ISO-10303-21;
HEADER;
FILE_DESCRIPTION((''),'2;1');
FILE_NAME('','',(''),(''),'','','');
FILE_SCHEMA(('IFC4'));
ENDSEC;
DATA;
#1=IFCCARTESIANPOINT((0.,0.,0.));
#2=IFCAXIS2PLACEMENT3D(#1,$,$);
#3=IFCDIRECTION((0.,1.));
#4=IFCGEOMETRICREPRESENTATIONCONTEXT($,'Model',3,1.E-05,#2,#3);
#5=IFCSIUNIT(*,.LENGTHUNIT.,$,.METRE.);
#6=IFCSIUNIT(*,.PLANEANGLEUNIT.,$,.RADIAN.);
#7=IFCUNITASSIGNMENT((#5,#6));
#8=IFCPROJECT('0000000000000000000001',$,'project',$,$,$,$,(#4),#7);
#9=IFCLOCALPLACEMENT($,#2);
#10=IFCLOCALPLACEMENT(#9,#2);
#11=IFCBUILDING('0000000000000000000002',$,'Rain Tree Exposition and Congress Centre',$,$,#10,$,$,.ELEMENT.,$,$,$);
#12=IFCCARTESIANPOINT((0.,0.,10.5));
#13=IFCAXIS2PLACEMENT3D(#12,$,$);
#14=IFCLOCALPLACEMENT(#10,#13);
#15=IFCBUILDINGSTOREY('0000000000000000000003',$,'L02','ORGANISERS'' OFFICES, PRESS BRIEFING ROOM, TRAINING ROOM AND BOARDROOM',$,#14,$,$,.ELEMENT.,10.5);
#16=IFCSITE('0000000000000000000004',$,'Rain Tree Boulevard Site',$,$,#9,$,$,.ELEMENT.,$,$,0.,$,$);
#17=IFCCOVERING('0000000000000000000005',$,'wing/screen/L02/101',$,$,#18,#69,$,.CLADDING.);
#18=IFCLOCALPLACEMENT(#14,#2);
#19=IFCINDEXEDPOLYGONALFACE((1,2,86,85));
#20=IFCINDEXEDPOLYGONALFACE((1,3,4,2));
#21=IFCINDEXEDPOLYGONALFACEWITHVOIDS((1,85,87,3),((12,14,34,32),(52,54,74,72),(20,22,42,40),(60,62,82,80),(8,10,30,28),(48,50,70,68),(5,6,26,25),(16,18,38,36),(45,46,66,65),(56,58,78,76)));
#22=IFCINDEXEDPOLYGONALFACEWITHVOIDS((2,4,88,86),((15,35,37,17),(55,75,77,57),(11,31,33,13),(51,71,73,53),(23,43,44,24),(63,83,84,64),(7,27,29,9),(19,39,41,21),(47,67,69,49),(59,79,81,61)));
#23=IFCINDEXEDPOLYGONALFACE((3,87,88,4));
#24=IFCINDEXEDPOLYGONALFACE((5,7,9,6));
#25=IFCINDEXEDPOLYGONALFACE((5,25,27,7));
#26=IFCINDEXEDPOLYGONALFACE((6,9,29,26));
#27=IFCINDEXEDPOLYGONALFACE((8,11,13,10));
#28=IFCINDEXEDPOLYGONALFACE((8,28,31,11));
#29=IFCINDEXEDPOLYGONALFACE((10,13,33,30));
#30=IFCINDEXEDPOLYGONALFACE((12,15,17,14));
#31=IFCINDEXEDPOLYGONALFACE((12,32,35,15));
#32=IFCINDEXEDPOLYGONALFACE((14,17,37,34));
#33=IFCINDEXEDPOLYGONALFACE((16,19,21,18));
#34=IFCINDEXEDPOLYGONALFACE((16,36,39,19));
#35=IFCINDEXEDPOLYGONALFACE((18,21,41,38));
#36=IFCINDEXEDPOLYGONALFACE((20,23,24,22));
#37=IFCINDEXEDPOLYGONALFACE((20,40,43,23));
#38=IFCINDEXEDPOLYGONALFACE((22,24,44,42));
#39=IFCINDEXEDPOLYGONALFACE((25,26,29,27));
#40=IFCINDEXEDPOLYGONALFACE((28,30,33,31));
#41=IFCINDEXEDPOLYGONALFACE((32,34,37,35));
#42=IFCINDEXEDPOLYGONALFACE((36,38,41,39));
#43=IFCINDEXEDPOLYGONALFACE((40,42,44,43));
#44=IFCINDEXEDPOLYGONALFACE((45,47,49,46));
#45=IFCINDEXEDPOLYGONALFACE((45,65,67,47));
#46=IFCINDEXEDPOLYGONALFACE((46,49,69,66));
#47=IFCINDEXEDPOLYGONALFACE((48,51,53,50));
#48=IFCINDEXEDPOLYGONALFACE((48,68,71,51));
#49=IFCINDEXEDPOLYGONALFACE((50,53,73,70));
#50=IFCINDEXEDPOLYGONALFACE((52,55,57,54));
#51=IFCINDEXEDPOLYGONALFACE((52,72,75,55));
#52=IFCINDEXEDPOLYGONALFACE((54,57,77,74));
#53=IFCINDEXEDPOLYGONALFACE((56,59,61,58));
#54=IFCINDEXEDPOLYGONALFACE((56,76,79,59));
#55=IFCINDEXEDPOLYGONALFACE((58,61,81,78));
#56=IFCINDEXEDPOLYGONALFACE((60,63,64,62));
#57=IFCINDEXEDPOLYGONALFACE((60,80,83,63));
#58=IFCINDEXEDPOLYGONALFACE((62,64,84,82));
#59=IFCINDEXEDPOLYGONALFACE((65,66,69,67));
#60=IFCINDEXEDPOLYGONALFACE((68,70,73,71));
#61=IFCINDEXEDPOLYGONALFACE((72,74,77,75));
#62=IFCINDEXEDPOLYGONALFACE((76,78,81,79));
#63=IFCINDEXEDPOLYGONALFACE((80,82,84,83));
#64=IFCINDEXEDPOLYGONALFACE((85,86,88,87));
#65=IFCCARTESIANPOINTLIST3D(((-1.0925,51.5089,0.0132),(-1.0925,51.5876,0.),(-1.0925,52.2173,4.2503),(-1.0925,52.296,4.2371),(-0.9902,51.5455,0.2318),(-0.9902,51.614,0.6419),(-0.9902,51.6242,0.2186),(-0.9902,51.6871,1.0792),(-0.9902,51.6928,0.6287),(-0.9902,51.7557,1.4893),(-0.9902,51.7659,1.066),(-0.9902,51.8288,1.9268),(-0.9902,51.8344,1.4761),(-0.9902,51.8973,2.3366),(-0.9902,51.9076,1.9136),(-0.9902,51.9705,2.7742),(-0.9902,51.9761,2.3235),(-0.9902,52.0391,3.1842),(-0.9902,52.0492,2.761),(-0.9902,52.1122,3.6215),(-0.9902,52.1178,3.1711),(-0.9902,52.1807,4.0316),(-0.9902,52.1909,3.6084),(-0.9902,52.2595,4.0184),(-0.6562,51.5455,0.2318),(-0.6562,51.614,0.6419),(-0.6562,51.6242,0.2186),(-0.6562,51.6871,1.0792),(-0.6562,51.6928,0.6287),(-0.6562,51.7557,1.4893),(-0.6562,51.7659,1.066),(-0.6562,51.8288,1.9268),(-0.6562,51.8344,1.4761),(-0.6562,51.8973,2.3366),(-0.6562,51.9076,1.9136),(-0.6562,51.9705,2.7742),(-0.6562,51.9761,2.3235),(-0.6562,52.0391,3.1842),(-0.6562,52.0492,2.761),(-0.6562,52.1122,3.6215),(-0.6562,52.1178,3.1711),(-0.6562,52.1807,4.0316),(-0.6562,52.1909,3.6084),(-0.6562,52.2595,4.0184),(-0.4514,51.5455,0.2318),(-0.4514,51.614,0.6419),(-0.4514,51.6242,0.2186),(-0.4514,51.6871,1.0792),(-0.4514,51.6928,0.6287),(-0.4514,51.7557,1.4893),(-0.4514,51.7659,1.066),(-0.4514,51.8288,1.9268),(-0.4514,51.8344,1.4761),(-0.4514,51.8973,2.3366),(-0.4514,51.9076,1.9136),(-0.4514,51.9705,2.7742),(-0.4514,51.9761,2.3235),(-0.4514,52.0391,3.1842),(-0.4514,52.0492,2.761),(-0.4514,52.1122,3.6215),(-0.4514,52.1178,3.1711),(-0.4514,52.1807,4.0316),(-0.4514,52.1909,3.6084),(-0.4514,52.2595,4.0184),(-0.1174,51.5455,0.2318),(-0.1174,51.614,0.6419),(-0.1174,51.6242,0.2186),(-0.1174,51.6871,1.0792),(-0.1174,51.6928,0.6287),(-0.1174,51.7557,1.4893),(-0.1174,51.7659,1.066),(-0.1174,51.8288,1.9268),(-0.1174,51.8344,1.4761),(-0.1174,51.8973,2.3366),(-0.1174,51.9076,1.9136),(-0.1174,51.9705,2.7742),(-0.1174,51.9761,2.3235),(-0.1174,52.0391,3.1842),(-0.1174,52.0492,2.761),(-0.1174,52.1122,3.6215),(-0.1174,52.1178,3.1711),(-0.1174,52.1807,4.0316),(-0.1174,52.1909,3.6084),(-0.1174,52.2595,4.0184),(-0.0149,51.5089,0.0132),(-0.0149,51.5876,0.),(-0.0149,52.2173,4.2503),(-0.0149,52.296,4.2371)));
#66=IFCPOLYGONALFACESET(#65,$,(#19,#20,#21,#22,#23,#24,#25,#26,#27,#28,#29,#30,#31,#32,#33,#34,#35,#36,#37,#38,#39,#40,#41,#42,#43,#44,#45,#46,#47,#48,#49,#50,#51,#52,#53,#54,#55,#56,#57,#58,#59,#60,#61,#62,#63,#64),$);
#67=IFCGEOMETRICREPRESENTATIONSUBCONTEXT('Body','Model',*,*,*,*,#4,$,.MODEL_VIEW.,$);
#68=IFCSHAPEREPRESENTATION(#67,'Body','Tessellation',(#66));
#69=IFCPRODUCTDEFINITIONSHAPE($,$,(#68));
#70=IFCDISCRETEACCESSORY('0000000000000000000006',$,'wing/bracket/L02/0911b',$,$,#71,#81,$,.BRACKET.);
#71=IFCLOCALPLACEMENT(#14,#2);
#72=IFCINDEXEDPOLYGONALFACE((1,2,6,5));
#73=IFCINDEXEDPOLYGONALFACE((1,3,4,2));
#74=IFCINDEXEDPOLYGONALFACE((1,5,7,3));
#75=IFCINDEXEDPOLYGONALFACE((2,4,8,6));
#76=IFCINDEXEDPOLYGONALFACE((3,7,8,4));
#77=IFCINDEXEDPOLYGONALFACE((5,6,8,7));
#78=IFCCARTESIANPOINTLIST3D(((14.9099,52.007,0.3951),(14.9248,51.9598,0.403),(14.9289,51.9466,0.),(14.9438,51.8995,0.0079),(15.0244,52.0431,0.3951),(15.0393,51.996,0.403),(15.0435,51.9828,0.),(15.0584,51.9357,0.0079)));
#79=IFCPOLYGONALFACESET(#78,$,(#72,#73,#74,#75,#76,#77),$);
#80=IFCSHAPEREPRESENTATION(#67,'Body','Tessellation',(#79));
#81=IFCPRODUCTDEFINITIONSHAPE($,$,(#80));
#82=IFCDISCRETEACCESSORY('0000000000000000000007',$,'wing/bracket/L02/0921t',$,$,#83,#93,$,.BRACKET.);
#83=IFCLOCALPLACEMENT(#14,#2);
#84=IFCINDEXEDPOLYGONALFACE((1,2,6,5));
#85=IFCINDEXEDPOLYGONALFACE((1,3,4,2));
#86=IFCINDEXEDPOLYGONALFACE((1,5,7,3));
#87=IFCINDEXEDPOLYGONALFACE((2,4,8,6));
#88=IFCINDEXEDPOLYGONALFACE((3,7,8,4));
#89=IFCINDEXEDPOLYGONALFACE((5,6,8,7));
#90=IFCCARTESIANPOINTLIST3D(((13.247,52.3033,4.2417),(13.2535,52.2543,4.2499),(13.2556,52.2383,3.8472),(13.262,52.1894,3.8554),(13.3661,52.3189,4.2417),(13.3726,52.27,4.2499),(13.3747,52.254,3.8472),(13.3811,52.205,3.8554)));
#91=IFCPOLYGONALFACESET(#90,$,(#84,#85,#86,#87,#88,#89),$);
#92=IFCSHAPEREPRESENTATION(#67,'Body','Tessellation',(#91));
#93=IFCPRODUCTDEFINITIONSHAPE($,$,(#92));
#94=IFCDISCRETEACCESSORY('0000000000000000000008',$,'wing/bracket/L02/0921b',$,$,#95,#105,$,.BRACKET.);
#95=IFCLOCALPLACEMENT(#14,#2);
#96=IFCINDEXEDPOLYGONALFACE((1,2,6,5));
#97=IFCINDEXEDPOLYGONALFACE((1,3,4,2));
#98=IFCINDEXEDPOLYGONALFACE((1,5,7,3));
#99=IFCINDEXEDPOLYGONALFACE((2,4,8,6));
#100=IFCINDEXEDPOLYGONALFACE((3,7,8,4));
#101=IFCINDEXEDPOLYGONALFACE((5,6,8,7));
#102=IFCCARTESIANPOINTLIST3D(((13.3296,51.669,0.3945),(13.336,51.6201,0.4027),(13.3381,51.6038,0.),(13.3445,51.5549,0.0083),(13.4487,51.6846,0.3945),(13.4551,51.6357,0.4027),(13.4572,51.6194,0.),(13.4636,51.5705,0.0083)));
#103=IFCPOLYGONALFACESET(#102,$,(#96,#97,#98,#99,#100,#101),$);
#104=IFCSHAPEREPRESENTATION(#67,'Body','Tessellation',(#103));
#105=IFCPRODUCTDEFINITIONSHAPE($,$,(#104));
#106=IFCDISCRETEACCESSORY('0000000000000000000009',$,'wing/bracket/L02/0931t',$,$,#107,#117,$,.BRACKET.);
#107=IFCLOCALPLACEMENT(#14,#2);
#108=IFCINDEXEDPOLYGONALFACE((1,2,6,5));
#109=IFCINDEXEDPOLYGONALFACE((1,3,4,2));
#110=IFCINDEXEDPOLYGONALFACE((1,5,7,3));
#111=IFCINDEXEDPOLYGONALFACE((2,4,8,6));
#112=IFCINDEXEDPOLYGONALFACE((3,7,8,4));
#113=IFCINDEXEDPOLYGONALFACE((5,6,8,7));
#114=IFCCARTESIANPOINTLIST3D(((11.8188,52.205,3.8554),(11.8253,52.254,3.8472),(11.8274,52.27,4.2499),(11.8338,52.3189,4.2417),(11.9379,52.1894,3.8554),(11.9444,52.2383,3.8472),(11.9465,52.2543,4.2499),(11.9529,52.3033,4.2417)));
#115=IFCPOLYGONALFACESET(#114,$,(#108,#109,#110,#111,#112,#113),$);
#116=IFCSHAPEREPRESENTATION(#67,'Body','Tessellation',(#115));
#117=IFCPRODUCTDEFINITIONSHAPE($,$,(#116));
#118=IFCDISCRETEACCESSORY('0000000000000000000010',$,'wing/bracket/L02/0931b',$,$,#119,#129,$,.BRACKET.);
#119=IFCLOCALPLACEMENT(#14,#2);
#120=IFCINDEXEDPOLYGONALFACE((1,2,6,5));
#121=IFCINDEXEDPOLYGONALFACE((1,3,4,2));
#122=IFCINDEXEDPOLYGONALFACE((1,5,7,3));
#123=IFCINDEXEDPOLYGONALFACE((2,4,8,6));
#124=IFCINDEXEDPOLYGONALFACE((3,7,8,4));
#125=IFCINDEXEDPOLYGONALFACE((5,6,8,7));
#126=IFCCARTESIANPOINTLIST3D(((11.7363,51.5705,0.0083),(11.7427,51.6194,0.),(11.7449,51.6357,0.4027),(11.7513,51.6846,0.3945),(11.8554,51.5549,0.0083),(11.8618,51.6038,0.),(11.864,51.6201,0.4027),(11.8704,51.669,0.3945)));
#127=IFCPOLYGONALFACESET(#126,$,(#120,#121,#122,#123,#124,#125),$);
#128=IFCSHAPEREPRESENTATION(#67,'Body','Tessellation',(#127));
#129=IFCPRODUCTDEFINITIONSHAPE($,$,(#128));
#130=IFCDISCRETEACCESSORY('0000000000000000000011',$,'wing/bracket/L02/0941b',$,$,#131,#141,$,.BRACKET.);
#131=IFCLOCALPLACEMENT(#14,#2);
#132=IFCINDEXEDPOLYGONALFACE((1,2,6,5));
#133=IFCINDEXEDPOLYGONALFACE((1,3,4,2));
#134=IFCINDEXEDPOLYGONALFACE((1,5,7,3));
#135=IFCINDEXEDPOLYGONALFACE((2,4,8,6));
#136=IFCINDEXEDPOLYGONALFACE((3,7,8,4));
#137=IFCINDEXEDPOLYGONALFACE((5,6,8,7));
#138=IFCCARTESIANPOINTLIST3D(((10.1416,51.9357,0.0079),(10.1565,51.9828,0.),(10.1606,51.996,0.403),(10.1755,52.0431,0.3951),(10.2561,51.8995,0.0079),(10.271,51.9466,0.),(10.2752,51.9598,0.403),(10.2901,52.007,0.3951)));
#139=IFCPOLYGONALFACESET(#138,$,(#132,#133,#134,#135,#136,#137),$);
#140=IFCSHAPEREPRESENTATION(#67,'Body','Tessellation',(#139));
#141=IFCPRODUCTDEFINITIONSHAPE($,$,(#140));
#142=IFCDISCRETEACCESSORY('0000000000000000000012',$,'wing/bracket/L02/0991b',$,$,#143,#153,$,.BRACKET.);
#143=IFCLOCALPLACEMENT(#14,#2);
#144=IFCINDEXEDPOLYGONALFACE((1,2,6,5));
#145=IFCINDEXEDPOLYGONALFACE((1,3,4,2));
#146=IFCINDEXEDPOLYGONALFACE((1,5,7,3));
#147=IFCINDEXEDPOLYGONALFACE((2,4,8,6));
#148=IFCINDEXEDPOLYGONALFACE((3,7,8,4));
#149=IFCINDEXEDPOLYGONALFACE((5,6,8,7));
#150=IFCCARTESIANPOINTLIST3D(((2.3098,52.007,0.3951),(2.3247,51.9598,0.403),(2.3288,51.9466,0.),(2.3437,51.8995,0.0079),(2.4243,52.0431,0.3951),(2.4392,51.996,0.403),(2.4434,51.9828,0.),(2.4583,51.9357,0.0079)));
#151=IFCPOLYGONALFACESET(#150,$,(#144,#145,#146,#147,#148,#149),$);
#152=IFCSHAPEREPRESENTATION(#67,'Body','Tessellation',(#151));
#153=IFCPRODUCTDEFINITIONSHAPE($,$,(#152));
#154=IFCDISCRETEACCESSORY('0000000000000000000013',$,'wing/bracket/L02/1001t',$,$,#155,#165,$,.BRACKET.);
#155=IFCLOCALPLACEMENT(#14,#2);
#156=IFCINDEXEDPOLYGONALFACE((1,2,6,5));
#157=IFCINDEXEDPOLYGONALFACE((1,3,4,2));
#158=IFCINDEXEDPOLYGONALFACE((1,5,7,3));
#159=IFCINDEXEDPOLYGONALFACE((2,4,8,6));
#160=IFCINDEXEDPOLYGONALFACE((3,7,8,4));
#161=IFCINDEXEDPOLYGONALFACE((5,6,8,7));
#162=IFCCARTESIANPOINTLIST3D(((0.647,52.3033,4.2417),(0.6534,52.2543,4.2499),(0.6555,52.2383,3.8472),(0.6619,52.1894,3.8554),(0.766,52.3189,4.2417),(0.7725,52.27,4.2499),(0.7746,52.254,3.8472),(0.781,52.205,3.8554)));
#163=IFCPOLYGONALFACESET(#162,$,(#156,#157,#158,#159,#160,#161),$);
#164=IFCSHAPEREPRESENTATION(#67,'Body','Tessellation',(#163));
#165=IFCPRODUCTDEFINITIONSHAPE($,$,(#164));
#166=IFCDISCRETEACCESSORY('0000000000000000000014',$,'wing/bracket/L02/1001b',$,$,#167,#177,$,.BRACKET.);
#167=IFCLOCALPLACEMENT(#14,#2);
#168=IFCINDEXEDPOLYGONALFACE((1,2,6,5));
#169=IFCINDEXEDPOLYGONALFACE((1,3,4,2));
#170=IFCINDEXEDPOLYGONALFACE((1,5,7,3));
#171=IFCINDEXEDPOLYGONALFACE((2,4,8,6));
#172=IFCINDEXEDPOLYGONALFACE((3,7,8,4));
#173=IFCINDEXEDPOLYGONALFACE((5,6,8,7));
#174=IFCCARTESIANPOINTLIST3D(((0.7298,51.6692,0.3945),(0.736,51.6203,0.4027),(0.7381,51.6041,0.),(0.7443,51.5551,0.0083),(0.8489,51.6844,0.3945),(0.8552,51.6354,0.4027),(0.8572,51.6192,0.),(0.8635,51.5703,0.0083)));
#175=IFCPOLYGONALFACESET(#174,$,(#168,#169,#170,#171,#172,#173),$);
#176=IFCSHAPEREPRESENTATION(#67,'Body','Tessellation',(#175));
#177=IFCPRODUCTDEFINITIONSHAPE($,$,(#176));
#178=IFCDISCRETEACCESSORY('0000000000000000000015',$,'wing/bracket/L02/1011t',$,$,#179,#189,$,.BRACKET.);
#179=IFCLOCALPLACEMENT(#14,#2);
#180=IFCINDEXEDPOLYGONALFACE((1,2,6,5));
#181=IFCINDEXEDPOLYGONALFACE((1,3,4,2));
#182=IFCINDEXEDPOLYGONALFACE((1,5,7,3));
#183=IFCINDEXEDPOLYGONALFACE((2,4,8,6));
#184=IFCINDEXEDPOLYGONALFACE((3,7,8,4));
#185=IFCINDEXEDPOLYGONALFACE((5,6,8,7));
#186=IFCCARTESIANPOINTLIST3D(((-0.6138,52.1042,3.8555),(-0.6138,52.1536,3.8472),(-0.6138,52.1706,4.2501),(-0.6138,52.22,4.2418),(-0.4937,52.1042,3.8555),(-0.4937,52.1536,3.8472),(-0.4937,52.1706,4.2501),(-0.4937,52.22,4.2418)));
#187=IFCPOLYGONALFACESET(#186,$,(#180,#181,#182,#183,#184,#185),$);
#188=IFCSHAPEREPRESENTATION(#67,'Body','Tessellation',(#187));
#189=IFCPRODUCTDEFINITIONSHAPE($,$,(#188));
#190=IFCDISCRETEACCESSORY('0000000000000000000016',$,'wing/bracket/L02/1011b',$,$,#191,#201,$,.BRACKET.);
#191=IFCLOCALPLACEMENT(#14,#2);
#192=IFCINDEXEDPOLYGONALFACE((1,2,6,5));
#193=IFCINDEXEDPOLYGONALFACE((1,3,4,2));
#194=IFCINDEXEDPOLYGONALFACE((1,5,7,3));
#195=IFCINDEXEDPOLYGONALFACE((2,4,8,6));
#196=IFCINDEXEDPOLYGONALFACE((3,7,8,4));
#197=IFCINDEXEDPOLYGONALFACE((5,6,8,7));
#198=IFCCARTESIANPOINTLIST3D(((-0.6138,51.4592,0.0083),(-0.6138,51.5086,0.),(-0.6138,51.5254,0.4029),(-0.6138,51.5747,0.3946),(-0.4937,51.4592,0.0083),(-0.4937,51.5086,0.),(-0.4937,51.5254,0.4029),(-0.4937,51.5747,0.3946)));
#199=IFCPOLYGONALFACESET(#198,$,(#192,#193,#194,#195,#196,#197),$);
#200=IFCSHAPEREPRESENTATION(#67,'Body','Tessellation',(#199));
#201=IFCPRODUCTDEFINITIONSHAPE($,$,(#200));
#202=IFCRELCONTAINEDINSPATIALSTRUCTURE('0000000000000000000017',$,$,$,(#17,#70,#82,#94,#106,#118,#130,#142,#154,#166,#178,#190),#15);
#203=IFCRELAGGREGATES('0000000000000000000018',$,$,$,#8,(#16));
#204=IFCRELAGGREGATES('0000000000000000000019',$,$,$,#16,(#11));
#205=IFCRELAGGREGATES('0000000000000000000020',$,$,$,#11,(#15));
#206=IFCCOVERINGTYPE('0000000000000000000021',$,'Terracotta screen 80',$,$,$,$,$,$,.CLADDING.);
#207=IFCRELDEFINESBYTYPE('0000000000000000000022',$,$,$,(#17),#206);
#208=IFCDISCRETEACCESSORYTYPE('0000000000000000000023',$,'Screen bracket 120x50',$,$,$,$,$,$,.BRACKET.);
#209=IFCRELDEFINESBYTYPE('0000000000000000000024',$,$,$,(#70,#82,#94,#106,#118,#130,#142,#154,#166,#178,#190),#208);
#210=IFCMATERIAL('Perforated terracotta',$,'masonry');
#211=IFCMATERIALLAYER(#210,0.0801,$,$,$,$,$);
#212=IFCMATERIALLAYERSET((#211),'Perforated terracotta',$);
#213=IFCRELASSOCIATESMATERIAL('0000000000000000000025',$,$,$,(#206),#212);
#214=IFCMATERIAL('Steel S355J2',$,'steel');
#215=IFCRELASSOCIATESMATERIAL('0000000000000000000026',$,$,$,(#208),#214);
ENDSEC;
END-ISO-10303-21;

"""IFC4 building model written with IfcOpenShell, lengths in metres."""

from ifc_helpers import new_model, si_unit, direction, frame, origin, origin_2d, place, context, subcontext, project, spatial, polyline, rectangle, outline, extrude, material, layer, layer_set, material_profile, profile_set, type_object, element, save


model = new_model("IFC4")

# Units and contexts
model_context = context("Model", 3, precision=1e-05, world=origin(), true_north=direction((0.0, 1.0)))
body_context = subcontext(model_context, "Body", "Model", "MODEL_VIEW")
ifc_project = project(units=[si_unit("LENGTHUNIT", "METRE"), si_unit("PLANEANGLEUNIT", "RADIAN")], contexts=[model_context])

# Site, building, storey
site_placement = place(None, origin())
site = spatial("IfcSite", under=ifc_project, at=site_placement, Name="Rain Tree Boulevard Site", CompositionType="ELEMENT", RefElevation=0.0)
building_placement = place(site_placement, origin())
building = spatial("IfcBuilding", under=site, at=building_placement, Name="Rain Tree Exposition and Congress Centre", CompositionType="ELEMENT")
storey_placement = place(building_placement, frame((0.0, 0.0, 10.5)))
storey = spatial("IfcBuildingStorey", under=building, at=storey_placement, Name="L02", Description="ORGANISERS' OFFICES, PRESS BRIEFING ROOM, TRAINING ROOM AND BOARDROOM", CompositionType="ELEMENT", Elevation=10.5)

# Covering
ifc_material_1 = material(Name="Perforated terracotta", Category="masonry")
ifc_layer_1 = layer(ifc_material_1, 0.0801)
ifc_layer_set_1 = layer_set([ifc_layer_1], Name="Perforated terracotta")
covering_type = type_object("IfcCoveringType", Name="Terracotta screen 80", PredefinedType="CLADDING", material=ifc_layer_set_1)
covering_1_placement = place(storey_placement, frame((0.0, 51.5876, 0.0), z_axis=(0.0, -0.986311, 0.164894), x_axis=(1.0, 0.0, 0.0)))
element("IfcCovering", 1, at=covering_1_placement, inside=storey, type_object=covering_type, Name="wing/screen/L02/101", PredefinedType="CLADDING", context=body_context, shape_type="SweptSolid", body=[
    extrude(outline(polyline([(-1.0925, 0.0), (-1.0925, 4.2959), (-0.0149, 4.2959), (-0.0149, 0.0), (-1.0925, 0.0)]), holes=[polyline([(-0.1174, 0.2217), (-0.1174, 0.6375), (-0.4514, 0.6375), (-0.4514, 0.2217), (-0.1174, 0.2217)]), polyline([(-0.1174, 1.0808), (-0.1174, 1.4966), (-0.4514, 1.4966), (-0.4514, 1.0808), (-0.1174, 1.0808)]), polyline([(-0.1174, 1.9402), (-0.1174, 2.3557), (-0.4514, 2.3557), (-0.4514, 1.9402), (-0.1174, 1.9402)]), polyline([(-0.1174, 2.7993), (-0.1174, 3.2151), (-0.4514, 3.2151), (-0.4514, 2.7993), (-0.1174, 2.7993)]), polyline([(-0.1174, 3.6584), (-0.1174, 4.0742), (-0.4514, 4.0742), (-0.4514, 3.6584), (-0.1174, 3.6584)]), polyline([(-0.6562, 0.2217), (-0.6562, 0.6375), (-0.9902, 0.6375), (-0.9902, 0.2217), (-0.6562, 0.2217)]), polyline([(-0.6562, 1.0808), (-0.6562, 1.4966), (-0.9902, 1.4966), (-0.9902, 1.0808), (-0.6562, 1.0808)]), polyline([(-0.6562, 1.9402), (-0.6562, 2.3557), (-0.9902, 2.3557), (-0.9902, 1.9402), (-0.6562, 1.9402)]), polyline([(-0.6562, 2.7993), (-0.6562, 3.2151), (-0.9902, 3.2151), (-0.9902, 2.7993), (-0.6562, 2.7993)]), polyline([(-0.6562, 3.6584), (-0.6562, 4.0742), (-0.9902, 4.0742), (-0.9902, 3.6584), (-0.6562, 3.6584)])]), origin(), (0.0, 0.0, 1.0), 0.0798),
])

# Discrete accessories
ifc_material_2 = material(Name="Steel S355J2", Category="steel")
ifc_material_profile_1 = material_profile(ifc_material_2, rectangle(XDim=0.1201, YDim=0.05, at=origin_2d()), Name="Flat bar 120x50")
ifc_profile_set_1 = profile_set([ifc_material_profile_1], Name="Steel S355J2")
discrete_accessory_type = type_object("IfcDiscreteAccessoryType", Name="Screen bracket 120x50", PredefinedType="BRACKET", material=ifc_profile_set_1)
discrete_accessory_1_placement = place(storey_placement, frame((14.9937, 51.9412, 0.0039), z_axis=(-0.047602, 0.150738, 0.987427), x_axis=(-0.953583, -0.301131, 0.0)))
element("IfcDiscreteAccessory", 2, at=discrete_accessory_1_placement, inside=storey, type_object=discrete_accessory_type, Name="wing/bracket/L02/0911b", PredefinedType="BRACKET", context=body_context, shape_type="SweptSolid", body=[
    extrude(rectangle(XDim=0.1201, YDim=0.05, at=origin_2d()), origin(), (0.0, 0.0, 1.0), 0.4001),
])
for number, where, z_axis, x_axis, name in (
    (3, (13.3184, 52.2217, 3.8513), (-0.021366, 0.162381, 0.986497), (-0.991454, -0.130455, 0.0), "wing/bracket/L02/0921t"),
    (4, (13.4009, 51.5872, 0.0042), (-0.021364, 0.162976, 0.986399), (-0.991517, -0.129974, 0.0), "wing/bracket/L02/0921b"),
    (5, (11.8816, 52.2217, 3.8513), (0.021366, 0.162381, 0.986497), (-0.991454, 0.130455, 0.0), "wing/bracket/L02/0931t"),
    (6, (11.7991, 51.5872, 0.0042), (0.021364, 0.162976, 0.986399), (-0.991517, 0.129974, 0.0), "wing/bracket/L02/0931b"),
):
    element("IfcDiscreteAccessory", number, at=place(storey_placement, frame(where, z_axis=z_axis, x_axis=x_axis)), inside=storey, type_object=discrete_accessory_type, Name=name, PredefinedType="BRACKET", context=body_context, shape_type="SweptSolid", body=[
        extrude(rectangle(XDim=0.1201, YDim=0.05, at=origin_2d()), origin(), (0.0, 0.0, 1.0), 0.3999),
    ])
for number, where, z_axis, x_axis, name in (
    (7, (10.2063, 51.9412, 0.0039), (0.047602, 0.150738, 0.987427), (-0.953583, 0.301131, 0.0), "wing/bracket/L02/0941b"),
    (8, (2.3936, 51.9412, 0.0039), (-0.047602, 0.150738, 0.987427), (-0.953583, -0.301131, 0.0), "wing/bracket/L02/0991b"),
):
    element("IfcDiscreteAccessory", number, at=place(storey_placement, frame(where, z_axis=z_axis, x_axis=x_axis)), inside=storey, type_object=discrete_accessory_type, Name=name, PredefinedType="BRACKET", context=body_context, shape_type="SweptSolid", body=[
        extrude(rectangle(XDim=0.1201, YDim=0.05, at=origin_2d()), origin(), (0.0, 0.0, 1.0), 0.4001),
    ])
for number, where, z_axis, x_axis, name in (
    (9, (0.7183, 52.2217, 3.8513), (-0.021366, 0.162381, 0.986497), (-0.991454, -0.130455, 0.0), "wing/bracket/L02/1001t"),
    (10, (0.8008, 51.5872, 0.0042), (-0.020754, 0.162978, 0.986411), (-0.991989, -0.126321, 0.0), "wing/bracket/L02/1001b"),
):
    element("IfcDiscreteAccessory", number, at=place(storey_placement, frame(where, z_axis=z_axis, x_axis=x_axis)), inside=storey, type_object=discrete_accessory_type, Name=name, PredefinedType="BRACKET", context=body_context, shape_type="SweptSolid", body=[
        extrude(rectangle(XDim=0.1201, YDim=0.05, at=origin_2d()), origin(), (0.0, 0.0, 1.0), 0.3999),
    ])
for number, where, z_axis, x_axis, name in (
    (11, (-0.5537, 52.1289, 3.8513), (0.0, 0.165982, 0.986129), (-1.0, 0.0, 0.0), "wing/bracket/L02/1011t"),
    (12, (-0.5537, 51.4839, 0.0042), (0.0, 0.165389, 0.986228), (-1.0, 0.0, 0.0), "wing/bracket/L02/1011b"),
):
    element("IfcDiscreteAccessory", number, at=place(storey_placement, frame(where, z_axis=z_axis, x_axis=x_axis)), inside=storey, type_object=discrete_accessory_type, Name=name, PredefinedType="BRACKET", context=body_context, shape_type="SweptSolid", body=[
        extrude(rectangle(XDim=0.1201, YDim=0.05, at=origin_2d()), origin(), (0.0, 0.0, 1.0), 0.4001),
    ])

save(model, "model.ifc")
